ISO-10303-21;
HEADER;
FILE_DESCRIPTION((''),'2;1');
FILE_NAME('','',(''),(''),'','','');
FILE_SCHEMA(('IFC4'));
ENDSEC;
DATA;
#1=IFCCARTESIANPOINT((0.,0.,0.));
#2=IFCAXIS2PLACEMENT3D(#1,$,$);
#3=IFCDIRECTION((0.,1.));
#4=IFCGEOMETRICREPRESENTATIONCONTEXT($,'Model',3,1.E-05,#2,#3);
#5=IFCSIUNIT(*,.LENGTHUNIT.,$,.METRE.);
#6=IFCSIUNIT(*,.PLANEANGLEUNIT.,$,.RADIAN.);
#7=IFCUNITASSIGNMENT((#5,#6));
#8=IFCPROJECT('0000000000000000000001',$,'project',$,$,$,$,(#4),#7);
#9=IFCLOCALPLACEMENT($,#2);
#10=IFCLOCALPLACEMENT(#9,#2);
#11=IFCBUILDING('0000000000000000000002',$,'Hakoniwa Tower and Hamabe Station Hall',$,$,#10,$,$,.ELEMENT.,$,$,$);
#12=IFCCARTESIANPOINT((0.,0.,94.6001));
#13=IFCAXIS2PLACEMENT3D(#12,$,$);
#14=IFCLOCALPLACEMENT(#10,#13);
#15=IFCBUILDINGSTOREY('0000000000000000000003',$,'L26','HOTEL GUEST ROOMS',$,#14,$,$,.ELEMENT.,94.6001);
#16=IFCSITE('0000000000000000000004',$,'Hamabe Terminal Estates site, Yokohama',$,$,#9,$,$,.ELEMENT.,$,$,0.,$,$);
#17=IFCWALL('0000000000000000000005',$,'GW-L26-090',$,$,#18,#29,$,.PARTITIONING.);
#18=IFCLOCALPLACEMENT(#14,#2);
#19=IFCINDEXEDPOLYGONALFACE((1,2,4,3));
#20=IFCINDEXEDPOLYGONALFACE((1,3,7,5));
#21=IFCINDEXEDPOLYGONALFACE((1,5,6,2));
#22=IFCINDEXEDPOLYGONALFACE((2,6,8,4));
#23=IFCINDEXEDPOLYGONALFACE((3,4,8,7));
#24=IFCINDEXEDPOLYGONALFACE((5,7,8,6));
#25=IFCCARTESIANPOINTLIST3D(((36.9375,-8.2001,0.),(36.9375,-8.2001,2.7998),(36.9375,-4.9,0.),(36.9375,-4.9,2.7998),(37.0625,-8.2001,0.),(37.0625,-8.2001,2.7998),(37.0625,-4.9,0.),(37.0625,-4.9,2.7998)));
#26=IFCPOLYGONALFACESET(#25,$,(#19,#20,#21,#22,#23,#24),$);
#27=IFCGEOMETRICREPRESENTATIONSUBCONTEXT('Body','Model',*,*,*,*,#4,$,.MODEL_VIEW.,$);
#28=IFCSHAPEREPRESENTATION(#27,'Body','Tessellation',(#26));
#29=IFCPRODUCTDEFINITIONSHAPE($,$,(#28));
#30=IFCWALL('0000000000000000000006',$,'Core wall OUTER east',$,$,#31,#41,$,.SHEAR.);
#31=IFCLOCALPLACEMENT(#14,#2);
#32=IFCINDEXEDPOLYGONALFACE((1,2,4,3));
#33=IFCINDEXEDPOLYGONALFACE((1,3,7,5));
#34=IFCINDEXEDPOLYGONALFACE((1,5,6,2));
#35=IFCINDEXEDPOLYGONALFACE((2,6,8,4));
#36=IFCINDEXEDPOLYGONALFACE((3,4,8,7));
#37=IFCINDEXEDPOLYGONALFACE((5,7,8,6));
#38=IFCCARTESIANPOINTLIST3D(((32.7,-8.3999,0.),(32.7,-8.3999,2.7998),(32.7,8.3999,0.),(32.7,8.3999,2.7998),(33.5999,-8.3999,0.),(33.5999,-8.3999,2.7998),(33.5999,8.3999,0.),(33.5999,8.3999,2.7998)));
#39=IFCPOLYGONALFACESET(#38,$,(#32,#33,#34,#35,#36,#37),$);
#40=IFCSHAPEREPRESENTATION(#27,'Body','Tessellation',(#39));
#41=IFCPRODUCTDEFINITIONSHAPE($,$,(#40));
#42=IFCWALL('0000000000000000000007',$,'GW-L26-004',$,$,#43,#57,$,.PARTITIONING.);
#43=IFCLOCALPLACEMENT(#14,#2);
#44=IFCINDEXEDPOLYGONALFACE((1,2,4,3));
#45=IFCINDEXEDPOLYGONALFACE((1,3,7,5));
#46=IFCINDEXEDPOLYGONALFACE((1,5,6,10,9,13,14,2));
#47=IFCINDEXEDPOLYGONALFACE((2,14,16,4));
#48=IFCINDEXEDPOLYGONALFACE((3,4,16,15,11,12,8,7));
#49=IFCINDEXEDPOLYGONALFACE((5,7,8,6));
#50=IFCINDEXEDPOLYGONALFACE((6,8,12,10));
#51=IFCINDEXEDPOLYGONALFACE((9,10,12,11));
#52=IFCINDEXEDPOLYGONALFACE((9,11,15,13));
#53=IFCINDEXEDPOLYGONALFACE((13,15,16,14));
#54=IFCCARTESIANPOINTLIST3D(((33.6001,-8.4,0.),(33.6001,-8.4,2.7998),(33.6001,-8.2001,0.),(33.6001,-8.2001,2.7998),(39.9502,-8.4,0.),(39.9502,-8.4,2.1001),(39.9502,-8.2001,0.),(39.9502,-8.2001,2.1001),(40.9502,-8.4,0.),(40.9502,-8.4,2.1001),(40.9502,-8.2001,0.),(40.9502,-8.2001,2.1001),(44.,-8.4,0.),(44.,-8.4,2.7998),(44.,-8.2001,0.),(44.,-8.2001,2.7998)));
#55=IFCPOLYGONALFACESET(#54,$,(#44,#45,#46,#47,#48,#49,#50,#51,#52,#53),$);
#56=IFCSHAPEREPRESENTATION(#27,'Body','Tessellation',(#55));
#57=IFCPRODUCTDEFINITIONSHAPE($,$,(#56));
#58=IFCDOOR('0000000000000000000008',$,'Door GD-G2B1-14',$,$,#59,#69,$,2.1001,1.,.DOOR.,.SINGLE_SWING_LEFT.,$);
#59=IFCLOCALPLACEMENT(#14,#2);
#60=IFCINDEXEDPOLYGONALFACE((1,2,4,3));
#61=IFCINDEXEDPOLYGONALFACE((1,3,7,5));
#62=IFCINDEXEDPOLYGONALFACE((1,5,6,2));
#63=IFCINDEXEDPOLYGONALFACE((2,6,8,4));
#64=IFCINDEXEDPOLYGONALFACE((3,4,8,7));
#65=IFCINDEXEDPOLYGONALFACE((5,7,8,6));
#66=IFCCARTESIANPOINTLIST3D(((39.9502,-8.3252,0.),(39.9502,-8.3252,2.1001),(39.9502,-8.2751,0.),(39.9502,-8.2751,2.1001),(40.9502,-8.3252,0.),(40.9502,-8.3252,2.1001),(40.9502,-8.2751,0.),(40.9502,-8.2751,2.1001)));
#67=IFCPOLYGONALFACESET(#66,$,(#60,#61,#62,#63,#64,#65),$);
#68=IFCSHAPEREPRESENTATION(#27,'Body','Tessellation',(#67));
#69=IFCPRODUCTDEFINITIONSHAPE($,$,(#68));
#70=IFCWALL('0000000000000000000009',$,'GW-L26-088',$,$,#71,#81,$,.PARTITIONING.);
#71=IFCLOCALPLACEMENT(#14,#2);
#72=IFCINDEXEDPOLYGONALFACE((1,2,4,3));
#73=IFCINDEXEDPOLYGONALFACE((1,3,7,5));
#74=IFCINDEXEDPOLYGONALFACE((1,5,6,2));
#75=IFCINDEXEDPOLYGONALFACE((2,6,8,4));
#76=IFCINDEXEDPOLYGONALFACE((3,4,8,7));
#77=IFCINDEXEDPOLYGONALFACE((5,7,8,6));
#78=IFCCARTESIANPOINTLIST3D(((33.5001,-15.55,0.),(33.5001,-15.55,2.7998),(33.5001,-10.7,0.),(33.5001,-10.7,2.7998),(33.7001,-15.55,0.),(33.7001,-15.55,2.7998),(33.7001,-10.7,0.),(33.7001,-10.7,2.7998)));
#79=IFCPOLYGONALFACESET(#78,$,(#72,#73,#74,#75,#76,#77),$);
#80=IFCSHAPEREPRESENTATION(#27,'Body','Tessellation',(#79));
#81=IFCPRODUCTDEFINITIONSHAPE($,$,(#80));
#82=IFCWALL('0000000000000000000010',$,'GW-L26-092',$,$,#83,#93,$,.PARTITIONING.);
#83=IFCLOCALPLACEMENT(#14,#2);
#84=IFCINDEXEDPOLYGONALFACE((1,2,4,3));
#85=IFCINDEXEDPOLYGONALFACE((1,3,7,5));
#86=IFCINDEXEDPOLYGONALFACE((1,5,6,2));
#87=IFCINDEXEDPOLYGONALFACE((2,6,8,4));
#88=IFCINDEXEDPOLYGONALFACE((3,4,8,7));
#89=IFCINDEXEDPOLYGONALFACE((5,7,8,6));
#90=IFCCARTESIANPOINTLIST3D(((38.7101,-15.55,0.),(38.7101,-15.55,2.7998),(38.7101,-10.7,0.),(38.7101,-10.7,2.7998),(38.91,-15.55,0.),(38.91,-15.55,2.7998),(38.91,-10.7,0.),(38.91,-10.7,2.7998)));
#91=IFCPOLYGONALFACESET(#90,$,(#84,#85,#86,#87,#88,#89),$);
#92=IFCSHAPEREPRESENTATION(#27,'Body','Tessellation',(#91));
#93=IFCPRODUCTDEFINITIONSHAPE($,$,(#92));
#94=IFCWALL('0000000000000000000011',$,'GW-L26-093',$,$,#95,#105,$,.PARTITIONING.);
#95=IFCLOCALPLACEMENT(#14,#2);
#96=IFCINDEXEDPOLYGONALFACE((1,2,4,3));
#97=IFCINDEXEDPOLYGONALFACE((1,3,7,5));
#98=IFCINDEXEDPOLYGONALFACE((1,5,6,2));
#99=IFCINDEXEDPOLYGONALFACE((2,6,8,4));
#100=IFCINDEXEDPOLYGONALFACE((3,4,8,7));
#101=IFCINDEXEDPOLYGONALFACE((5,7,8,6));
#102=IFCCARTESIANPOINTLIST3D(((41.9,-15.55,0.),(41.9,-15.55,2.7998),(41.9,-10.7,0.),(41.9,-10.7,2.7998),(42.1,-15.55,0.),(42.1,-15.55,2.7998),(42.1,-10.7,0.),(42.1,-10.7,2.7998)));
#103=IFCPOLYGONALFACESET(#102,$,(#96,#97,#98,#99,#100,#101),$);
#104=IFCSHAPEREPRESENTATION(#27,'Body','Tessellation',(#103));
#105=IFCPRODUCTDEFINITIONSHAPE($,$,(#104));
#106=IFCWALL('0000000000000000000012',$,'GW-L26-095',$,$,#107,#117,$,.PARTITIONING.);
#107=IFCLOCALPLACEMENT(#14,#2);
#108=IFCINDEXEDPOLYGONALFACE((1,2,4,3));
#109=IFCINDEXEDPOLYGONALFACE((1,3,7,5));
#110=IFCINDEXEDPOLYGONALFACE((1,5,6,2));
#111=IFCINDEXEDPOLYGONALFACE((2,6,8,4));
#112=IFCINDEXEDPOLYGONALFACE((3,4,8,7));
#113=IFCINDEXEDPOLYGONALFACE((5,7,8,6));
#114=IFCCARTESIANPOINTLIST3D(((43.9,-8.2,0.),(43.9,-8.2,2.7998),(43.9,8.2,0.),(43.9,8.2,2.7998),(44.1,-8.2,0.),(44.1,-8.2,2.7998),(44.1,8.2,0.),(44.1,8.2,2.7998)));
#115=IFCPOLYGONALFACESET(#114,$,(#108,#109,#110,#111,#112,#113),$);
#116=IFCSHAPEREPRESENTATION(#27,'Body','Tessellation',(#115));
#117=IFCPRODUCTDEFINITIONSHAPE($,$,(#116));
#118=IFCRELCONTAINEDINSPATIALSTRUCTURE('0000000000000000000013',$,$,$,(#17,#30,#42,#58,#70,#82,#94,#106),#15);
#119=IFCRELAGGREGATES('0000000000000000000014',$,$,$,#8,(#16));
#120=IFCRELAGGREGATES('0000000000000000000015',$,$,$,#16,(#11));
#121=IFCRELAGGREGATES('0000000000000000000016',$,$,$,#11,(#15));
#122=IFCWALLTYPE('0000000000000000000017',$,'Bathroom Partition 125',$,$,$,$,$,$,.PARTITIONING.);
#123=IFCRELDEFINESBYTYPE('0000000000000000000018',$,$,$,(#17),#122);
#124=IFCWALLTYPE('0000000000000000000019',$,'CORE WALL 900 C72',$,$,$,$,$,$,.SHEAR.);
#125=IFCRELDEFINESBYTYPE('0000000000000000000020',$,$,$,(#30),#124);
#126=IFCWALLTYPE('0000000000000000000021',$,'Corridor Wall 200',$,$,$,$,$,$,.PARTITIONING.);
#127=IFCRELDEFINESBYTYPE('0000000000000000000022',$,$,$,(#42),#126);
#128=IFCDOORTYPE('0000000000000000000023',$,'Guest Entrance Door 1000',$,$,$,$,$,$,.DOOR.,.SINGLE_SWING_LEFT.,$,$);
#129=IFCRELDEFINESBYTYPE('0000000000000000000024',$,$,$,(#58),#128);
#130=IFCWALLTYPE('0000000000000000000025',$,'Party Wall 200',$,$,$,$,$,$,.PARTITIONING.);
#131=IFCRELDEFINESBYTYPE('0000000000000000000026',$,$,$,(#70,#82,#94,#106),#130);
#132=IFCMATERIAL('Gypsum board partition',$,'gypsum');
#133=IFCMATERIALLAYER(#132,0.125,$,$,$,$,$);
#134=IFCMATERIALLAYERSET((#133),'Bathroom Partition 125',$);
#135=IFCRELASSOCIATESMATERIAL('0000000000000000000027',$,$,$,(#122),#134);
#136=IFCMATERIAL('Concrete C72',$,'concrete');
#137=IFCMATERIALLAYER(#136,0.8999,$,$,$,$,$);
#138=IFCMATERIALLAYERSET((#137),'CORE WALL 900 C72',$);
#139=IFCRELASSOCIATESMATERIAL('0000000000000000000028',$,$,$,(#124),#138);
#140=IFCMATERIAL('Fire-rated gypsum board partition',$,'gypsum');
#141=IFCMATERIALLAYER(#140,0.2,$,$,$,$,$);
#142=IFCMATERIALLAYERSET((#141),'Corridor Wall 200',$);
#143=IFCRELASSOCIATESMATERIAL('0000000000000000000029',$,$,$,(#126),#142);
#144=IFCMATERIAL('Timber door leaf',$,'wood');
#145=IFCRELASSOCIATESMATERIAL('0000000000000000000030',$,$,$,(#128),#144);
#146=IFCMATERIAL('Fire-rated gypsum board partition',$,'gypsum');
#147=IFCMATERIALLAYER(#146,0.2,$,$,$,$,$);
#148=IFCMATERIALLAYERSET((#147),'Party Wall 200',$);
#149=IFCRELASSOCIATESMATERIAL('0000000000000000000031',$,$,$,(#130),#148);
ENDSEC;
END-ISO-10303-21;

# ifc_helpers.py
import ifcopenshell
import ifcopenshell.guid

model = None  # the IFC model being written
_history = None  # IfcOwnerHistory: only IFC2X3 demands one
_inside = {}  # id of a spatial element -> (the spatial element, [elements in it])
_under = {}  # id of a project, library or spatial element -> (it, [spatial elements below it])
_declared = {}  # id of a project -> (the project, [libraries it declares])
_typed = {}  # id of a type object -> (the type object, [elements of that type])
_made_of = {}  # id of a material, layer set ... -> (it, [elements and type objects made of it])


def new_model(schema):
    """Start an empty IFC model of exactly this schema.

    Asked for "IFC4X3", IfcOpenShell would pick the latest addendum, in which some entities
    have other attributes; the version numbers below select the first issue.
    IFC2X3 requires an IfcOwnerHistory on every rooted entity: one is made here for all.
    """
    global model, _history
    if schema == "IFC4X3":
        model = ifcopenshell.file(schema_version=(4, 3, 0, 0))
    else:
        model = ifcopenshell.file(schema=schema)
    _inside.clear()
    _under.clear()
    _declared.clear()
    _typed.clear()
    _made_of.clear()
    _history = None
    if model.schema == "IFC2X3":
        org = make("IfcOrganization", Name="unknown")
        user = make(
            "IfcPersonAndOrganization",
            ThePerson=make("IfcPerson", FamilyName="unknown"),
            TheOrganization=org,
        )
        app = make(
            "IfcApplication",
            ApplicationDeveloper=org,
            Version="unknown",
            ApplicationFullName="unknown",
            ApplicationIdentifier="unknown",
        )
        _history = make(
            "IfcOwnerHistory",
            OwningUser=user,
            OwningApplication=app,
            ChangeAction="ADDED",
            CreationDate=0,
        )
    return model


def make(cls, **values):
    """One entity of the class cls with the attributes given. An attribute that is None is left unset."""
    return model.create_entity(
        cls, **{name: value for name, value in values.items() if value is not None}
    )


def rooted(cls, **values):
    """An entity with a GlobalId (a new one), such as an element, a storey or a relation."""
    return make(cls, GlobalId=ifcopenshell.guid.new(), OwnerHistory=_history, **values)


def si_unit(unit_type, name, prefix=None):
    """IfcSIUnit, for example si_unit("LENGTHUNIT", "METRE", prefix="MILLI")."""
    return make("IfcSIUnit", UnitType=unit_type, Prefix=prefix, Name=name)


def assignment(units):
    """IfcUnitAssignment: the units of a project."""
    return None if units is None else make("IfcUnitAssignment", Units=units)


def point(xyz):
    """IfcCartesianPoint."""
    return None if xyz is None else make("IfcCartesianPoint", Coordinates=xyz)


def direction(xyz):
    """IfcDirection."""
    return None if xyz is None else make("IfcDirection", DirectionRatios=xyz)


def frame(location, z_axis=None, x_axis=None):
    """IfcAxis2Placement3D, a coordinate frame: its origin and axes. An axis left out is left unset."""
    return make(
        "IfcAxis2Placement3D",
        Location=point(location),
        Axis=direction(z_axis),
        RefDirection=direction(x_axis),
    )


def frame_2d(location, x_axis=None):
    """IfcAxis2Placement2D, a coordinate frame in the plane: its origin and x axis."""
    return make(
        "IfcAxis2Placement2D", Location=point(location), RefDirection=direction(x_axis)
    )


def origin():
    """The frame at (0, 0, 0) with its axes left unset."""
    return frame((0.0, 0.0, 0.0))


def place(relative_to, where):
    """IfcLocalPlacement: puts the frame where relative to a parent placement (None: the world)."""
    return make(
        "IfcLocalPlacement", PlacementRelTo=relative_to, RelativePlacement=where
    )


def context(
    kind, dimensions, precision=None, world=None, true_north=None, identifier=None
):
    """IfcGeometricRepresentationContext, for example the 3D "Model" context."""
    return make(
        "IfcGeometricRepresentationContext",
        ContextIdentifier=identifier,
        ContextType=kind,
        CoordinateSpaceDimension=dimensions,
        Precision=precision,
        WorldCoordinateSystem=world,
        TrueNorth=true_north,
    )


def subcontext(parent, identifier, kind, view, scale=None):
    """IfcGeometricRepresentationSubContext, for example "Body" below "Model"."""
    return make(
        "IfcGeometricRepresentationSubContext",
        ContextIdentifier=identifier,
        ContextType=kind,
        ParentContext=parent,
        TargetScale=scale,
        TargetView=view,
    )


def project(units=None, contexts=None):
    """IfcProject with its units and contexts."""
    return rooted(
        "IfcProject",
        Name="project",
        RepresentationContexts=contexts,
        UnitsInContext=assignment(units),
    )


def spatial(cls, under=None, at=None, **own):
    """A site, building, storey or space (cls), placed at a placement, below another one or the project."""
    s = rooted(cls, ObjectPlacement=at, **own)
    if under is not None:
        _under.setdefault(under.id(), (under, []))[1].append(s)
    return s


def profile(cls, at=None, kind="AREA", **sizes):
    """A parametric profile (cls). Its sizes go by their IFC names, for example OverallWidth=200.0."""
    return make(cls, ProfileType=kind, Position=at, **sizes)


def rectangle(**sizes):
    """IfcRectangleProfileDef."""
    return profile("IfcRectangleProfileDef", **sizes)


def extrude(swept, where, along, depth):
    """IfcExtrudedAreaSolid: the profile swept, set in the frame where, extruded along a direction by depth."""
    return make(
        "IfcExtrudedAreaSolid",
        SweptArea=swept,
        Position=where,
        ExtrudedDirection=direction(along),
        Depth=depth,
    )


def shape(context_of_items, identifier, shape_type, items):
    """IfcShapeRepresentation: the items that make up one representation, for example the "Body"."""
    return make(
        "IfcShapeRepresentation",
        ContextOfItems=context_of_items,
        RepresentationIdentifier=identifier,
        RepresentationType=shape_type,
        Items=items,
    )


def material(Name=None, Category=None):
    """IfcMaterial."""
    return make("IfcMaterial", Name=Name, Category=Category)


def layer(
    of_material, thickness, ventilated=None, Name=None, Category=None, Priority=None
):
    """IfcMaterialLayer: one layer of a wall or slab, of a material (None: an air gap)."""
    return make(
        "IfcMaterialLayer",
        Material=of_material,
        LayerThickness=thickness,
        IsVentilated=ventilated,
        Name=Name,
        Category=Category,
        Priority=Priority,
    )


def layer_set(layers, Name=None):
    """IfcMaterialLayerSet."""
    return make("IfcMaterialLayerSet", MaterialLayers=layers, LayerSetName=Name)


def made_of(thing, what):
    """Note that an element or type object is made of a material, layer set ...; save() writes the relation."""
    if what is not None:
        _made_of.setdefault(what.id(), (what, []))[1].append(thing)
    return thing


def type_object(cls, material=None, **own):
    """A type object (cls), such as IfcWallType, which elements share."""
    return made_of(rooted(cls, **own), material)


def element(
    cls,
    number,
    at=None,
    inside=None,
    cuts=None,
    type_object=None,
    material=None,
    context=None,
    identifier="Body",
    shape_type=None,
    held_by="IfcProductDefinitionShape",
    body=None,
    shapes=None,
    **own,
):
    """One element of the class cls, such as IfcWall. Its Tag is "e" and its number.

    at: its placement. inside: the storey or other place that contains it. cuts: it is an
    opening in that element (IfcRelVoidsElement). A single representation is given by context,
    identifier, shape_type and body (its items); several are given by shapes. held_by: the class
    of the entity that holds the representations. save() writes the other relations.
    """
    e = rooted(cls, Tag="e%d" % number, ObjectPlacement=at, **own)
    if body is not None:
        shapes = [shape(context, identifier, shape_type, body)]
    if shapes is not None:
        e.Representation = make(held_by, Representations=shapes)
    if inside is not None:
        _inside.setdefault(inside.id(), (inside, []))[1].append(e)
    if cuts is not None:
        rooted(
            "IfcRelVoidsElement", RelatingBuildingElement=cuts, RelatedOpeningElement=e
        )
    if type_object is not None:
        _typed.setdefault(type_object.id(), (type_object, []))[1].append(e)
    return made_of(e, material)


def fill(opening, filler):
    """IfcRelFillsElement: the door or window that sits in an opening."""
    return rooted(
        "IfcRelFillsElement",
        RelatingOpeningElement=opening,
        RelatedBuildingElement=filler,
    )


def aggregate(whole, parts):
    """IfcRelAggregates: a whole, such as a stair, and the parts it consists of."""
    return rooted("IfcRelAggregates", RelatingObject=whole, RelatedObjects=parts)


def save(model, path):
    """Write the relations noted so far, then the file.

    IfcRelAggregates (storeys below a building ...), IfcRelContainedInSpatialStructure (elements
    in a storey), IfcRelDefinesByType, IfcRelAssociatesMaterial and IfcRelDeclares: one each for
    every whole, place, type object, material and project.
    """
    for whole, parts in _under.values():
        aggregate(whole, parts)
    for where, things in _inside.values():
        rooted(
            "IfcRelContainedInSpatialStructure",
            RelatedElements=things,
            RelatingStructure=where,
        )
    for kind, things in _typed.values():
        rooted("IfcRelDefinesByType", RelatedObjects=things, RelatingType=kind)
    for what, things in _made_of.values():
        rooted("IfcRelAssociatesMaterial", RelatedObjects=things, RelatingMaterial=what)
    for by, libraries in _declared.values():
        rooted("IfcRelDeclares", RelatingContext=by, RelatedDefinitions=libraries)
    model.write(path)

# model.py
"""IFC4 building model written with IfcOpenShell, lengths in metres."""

from ifc_helpers import new_model, si_unit, direction, frame, frame_2d, origin, place, context, subcontext, project, spatial, rectangle, extrude, material, layer, layer_set, type_object, element, fill, save


model = new_model("IFC4")

# Units and contexts
model_context = context("Model", 3, precision=1e-05, world=origin(), true_north=direction((0.0, 1.0)))
body_context = subcontext(model_context, "Body", "Model", "MODEL_VIEW")
ifc_project = project(units=[si_unit("LENGTHUNIT", "METRE"), si_unit("PLANEANGLEUNIT", "RADIAN")], contexts=[model_context])

# Site, building, storey
site_placement = place(None, origin())
site = spatial("IfcSite", under=ifc_project, at=site_placement, Name="Hamabe Terminal Estates site, Yokohama", CompositionType="ELEMENT", RefElevation=0.0)
building_placement = place(site_placement, origin())
building = spatial("IfcBuilding", under=site, at=building_placement, Name="Hakoniwa Tower and Hamabe Station Hall", CompositionType="ELEMENT")
storey_placement = place(building_placement, frame((0.0, 0.0, 94.6001)))
storey = spatial("IfcBuildingStorey", under=building, at=storey_placement, Name="L26", Description="HOTEL GUEST ROOMS", CompositionType="ELEMENT", Elevation=94.6001)

# Shared definitions
ifc_material_1 = material(Name="Gypsum board partition", Category="gypsum")
ifc_layer_1 = layer(ifc_material_1, 0.125)
ifc_layer_set_1 = layer_set([ifc_layer_1], Name="Bathroom Partition 125")
wall_type_1 = type_object("IfcWallType", Name="Bathroom Partition 125", PredefinedType="PARTITIONING", material=ifc_layer_set_1)

# Walls
wall_1_placement = place(storey_placement, frame((37.0, -8.2, 0.0), z_axis=(0.0, 0.0, 1.0), x_axis=(0.0, 1.0, 0.0)))
element("IfcWall", 1, at=wall_1_placement, inside=storey, type_object=wall_type_1, Name="GW-L26-090", PredefinedType="PARTITIONING", context=body_context, shape_type="SweptSolid", body=[
    extrude(rectangle(XDim=3.3, YDim=0.125, at=frame_2d((1.6499, 0.0))), origin(), (0.0, 0.0, 1.0), 2.7998),
])
ifc_material_2 = material(Name="Concrete C72", Category="concrete")
ifc_layer_2 = layer(ifc_material_2, 0.8999)
ifc_layer_set_2 = layer_set([ifc_layer_2], Name="CORE WALL 900 C72")
wall_type_2 = type_object("IfcWallType", Name="CORE WALL 900 C72", PredefinedType="SHEAR", material=ifc_layer_set_2)
wall_2_placement = place(storey_placement, frame((33.1499, -8.3999, 0.0), z_axis=(0.0, 0.0, 1.0), x_axis=(0.0, 1.0, 0.0)))
element("IfcWall", 2, at=wall_2_placement, inside=storey, type_object=wall_type_2, Name="Core wall OUTER east", PredefinedType="SHEAR", context=body_context, shape_type="SweptSolid", body=[
    extrude(rectangle(XDim=16.7998, YDim=0.8999, at=frame_2d((8.3999, 0.0))), origin(), (0.0, 0.0, 1.0), 2.7998),
])

# Wall, opening, door
ifc_material_3 = material(Name="Fire-rated gypsum board partition", Category="gypsum")
ifc_layer_3 = layer(ifc_material_3, 0.2)
ifc_layer_set_3 = layer_set([ifc_layer_3], Name="Corridor Wall 200")
wall_type_3 = type_object("IfcWallType", Name="Corridor Wall 200", PredefinedType="PARTITIONING", material=ifc_layer_set_3)
wall_3_placement = place(storey_placement, frame((33.6001, -8.3, 0.0), z_axis=(0.0, 0.0, 1.0), x_axis=(1.0, 0.0, 0.0)))
wall_3 = element("IfcWall", 3, at=wall_3_placement, inside=storey, type_object=wall_type_3, Name="GW-L26-004", PredefinedType="PARTITIONING", context=body_context, shape_type="SweptSolid", body=[
    extrude(rectangle(XDim=10.3999, YDim=0.2, at=frame_2d((5.2, 0.0))), origin(), (0.0, 0.0, 1.0), 2.7998),
])
opening_1_placement = place(wall_3_placement, frame((6.3501, 0.0, 0.0)))
opening_1 = element("IfcOpeningElement", 4, at=opening_1_placement, cuts=wall_3, PredefinedType="OPENING", context=body_context, shape_type="SweptSolid", body=[
    extrude(rectangle(XDim=1.0, YDim=2.1001, at=frame_2d((0.5, 1.05))), frame((0.0, 0.1099, 0.0), z_axis=(0.0, -1.0, 0.0), x_axis=(1.0, 0.0, 0.0)), (0.0, 0.0, 1.0), 0.22),
])
ifc_material_4 = material(Name="Timber door leaf", Category="wood")
door_type_1 = type_object("IfcDoorType", Name="Guest Entrance Door 1000", OperationType="SINGLE_SWING_LEFT", PredefinedType="DOOR", material=ifc_material_4)
door_1_placement = place(opening_1_placement, origin())
door_1 = element("IfcDoor", 5, at=door_1_placement, inside=storey, type_object=door_type_1, Name="Door GD-G2B1-14", OperationType="SINGLE_SWING_LEFT", OverallHeight=2.1001, OverallWidth=1.0, PredefinedType="DOOR", context=body_context, shape_type="SweptSolid", body=[
    extrude(rectangle(XDim=1.0, YDim=2.1001, at=frame_2d((0.5, 1.05))), frame((0.0, 0.0249, 0.0), z_axis=(0.0, -1.0, 0.0), x_axis=(1.0, 0.0, 0.0)), (0.0, 0.0, 1.0), 0.05),
])
fill(opening_1, door_1)

# Walls
ifc_material_5 = material(Name="Fire-rated gypsum board partition", Category="gypsum")
ifc_layer_4 = layer(ifc_material_5, 0.2)
ifc_layer_set_4 = layer_set([ifc_layer_4], Name="Party Wall 200")
wall_type_4 = type_object("IfcWallType", Name="Party Wall 200", PredefinedType="PARTITIONING", material=ifc_layer_set_4)
for number, where, z_axis, x_axis, name in (
    (6, (33.6001, -15.55, 0.0), (0.0, 0.0, 1.0), (0.0, 1.0, 0.0), "GW-L26-088"),
    (7, (38.8101, -15.55, 0.0), (0.0, 0.0, 1.0), (0.0, 1.0, 0.0), "GW-L26-092"),
    (8, (42.0, -15.55, 0.0), (0.0, 0.0, 1.0), (0.0, 1.0, 0.0), "GW-L26-093"),
):
    element("IfcWall", number, at=place(storey_placement, frame(where, z_axis=z_axis, x_axis=x_axis)), inside=storey, type_object=wall_type_4, Name=name, PredefinedType="PARTITIONING", context=body_context, shape_type="SweptSolid", body=[
        extrude(rectangle(XDim=4.8501, YDim=0.2, at=frame_2d((2.425, 0.0))), origin(), (0.0, 0.0, 1.0), 2.7998),
    ])
wall_4_placement = place(storey_placement, frame((44.0, -8.2, 0.0), z_axis=(0.0, 0.0, 1.0), x_axis=(0.0, 1.0, 0.0)))
element("IfcWall", 9, at=wall_4_placement, inside=storey, type_object=wall_type_4, Name="GW-L26-095", PredefinedType="PARTITIONING", context=body_context, shape_type="SweptSolid", body=[
    extrude(rectangle(XDim=16.3999, YDim=0.2, at=frame_2d((8.2, 0.0))), origin(), (0.0, 0.0, 1.0), 2.7998),
])

save(model, "model.ifc")
